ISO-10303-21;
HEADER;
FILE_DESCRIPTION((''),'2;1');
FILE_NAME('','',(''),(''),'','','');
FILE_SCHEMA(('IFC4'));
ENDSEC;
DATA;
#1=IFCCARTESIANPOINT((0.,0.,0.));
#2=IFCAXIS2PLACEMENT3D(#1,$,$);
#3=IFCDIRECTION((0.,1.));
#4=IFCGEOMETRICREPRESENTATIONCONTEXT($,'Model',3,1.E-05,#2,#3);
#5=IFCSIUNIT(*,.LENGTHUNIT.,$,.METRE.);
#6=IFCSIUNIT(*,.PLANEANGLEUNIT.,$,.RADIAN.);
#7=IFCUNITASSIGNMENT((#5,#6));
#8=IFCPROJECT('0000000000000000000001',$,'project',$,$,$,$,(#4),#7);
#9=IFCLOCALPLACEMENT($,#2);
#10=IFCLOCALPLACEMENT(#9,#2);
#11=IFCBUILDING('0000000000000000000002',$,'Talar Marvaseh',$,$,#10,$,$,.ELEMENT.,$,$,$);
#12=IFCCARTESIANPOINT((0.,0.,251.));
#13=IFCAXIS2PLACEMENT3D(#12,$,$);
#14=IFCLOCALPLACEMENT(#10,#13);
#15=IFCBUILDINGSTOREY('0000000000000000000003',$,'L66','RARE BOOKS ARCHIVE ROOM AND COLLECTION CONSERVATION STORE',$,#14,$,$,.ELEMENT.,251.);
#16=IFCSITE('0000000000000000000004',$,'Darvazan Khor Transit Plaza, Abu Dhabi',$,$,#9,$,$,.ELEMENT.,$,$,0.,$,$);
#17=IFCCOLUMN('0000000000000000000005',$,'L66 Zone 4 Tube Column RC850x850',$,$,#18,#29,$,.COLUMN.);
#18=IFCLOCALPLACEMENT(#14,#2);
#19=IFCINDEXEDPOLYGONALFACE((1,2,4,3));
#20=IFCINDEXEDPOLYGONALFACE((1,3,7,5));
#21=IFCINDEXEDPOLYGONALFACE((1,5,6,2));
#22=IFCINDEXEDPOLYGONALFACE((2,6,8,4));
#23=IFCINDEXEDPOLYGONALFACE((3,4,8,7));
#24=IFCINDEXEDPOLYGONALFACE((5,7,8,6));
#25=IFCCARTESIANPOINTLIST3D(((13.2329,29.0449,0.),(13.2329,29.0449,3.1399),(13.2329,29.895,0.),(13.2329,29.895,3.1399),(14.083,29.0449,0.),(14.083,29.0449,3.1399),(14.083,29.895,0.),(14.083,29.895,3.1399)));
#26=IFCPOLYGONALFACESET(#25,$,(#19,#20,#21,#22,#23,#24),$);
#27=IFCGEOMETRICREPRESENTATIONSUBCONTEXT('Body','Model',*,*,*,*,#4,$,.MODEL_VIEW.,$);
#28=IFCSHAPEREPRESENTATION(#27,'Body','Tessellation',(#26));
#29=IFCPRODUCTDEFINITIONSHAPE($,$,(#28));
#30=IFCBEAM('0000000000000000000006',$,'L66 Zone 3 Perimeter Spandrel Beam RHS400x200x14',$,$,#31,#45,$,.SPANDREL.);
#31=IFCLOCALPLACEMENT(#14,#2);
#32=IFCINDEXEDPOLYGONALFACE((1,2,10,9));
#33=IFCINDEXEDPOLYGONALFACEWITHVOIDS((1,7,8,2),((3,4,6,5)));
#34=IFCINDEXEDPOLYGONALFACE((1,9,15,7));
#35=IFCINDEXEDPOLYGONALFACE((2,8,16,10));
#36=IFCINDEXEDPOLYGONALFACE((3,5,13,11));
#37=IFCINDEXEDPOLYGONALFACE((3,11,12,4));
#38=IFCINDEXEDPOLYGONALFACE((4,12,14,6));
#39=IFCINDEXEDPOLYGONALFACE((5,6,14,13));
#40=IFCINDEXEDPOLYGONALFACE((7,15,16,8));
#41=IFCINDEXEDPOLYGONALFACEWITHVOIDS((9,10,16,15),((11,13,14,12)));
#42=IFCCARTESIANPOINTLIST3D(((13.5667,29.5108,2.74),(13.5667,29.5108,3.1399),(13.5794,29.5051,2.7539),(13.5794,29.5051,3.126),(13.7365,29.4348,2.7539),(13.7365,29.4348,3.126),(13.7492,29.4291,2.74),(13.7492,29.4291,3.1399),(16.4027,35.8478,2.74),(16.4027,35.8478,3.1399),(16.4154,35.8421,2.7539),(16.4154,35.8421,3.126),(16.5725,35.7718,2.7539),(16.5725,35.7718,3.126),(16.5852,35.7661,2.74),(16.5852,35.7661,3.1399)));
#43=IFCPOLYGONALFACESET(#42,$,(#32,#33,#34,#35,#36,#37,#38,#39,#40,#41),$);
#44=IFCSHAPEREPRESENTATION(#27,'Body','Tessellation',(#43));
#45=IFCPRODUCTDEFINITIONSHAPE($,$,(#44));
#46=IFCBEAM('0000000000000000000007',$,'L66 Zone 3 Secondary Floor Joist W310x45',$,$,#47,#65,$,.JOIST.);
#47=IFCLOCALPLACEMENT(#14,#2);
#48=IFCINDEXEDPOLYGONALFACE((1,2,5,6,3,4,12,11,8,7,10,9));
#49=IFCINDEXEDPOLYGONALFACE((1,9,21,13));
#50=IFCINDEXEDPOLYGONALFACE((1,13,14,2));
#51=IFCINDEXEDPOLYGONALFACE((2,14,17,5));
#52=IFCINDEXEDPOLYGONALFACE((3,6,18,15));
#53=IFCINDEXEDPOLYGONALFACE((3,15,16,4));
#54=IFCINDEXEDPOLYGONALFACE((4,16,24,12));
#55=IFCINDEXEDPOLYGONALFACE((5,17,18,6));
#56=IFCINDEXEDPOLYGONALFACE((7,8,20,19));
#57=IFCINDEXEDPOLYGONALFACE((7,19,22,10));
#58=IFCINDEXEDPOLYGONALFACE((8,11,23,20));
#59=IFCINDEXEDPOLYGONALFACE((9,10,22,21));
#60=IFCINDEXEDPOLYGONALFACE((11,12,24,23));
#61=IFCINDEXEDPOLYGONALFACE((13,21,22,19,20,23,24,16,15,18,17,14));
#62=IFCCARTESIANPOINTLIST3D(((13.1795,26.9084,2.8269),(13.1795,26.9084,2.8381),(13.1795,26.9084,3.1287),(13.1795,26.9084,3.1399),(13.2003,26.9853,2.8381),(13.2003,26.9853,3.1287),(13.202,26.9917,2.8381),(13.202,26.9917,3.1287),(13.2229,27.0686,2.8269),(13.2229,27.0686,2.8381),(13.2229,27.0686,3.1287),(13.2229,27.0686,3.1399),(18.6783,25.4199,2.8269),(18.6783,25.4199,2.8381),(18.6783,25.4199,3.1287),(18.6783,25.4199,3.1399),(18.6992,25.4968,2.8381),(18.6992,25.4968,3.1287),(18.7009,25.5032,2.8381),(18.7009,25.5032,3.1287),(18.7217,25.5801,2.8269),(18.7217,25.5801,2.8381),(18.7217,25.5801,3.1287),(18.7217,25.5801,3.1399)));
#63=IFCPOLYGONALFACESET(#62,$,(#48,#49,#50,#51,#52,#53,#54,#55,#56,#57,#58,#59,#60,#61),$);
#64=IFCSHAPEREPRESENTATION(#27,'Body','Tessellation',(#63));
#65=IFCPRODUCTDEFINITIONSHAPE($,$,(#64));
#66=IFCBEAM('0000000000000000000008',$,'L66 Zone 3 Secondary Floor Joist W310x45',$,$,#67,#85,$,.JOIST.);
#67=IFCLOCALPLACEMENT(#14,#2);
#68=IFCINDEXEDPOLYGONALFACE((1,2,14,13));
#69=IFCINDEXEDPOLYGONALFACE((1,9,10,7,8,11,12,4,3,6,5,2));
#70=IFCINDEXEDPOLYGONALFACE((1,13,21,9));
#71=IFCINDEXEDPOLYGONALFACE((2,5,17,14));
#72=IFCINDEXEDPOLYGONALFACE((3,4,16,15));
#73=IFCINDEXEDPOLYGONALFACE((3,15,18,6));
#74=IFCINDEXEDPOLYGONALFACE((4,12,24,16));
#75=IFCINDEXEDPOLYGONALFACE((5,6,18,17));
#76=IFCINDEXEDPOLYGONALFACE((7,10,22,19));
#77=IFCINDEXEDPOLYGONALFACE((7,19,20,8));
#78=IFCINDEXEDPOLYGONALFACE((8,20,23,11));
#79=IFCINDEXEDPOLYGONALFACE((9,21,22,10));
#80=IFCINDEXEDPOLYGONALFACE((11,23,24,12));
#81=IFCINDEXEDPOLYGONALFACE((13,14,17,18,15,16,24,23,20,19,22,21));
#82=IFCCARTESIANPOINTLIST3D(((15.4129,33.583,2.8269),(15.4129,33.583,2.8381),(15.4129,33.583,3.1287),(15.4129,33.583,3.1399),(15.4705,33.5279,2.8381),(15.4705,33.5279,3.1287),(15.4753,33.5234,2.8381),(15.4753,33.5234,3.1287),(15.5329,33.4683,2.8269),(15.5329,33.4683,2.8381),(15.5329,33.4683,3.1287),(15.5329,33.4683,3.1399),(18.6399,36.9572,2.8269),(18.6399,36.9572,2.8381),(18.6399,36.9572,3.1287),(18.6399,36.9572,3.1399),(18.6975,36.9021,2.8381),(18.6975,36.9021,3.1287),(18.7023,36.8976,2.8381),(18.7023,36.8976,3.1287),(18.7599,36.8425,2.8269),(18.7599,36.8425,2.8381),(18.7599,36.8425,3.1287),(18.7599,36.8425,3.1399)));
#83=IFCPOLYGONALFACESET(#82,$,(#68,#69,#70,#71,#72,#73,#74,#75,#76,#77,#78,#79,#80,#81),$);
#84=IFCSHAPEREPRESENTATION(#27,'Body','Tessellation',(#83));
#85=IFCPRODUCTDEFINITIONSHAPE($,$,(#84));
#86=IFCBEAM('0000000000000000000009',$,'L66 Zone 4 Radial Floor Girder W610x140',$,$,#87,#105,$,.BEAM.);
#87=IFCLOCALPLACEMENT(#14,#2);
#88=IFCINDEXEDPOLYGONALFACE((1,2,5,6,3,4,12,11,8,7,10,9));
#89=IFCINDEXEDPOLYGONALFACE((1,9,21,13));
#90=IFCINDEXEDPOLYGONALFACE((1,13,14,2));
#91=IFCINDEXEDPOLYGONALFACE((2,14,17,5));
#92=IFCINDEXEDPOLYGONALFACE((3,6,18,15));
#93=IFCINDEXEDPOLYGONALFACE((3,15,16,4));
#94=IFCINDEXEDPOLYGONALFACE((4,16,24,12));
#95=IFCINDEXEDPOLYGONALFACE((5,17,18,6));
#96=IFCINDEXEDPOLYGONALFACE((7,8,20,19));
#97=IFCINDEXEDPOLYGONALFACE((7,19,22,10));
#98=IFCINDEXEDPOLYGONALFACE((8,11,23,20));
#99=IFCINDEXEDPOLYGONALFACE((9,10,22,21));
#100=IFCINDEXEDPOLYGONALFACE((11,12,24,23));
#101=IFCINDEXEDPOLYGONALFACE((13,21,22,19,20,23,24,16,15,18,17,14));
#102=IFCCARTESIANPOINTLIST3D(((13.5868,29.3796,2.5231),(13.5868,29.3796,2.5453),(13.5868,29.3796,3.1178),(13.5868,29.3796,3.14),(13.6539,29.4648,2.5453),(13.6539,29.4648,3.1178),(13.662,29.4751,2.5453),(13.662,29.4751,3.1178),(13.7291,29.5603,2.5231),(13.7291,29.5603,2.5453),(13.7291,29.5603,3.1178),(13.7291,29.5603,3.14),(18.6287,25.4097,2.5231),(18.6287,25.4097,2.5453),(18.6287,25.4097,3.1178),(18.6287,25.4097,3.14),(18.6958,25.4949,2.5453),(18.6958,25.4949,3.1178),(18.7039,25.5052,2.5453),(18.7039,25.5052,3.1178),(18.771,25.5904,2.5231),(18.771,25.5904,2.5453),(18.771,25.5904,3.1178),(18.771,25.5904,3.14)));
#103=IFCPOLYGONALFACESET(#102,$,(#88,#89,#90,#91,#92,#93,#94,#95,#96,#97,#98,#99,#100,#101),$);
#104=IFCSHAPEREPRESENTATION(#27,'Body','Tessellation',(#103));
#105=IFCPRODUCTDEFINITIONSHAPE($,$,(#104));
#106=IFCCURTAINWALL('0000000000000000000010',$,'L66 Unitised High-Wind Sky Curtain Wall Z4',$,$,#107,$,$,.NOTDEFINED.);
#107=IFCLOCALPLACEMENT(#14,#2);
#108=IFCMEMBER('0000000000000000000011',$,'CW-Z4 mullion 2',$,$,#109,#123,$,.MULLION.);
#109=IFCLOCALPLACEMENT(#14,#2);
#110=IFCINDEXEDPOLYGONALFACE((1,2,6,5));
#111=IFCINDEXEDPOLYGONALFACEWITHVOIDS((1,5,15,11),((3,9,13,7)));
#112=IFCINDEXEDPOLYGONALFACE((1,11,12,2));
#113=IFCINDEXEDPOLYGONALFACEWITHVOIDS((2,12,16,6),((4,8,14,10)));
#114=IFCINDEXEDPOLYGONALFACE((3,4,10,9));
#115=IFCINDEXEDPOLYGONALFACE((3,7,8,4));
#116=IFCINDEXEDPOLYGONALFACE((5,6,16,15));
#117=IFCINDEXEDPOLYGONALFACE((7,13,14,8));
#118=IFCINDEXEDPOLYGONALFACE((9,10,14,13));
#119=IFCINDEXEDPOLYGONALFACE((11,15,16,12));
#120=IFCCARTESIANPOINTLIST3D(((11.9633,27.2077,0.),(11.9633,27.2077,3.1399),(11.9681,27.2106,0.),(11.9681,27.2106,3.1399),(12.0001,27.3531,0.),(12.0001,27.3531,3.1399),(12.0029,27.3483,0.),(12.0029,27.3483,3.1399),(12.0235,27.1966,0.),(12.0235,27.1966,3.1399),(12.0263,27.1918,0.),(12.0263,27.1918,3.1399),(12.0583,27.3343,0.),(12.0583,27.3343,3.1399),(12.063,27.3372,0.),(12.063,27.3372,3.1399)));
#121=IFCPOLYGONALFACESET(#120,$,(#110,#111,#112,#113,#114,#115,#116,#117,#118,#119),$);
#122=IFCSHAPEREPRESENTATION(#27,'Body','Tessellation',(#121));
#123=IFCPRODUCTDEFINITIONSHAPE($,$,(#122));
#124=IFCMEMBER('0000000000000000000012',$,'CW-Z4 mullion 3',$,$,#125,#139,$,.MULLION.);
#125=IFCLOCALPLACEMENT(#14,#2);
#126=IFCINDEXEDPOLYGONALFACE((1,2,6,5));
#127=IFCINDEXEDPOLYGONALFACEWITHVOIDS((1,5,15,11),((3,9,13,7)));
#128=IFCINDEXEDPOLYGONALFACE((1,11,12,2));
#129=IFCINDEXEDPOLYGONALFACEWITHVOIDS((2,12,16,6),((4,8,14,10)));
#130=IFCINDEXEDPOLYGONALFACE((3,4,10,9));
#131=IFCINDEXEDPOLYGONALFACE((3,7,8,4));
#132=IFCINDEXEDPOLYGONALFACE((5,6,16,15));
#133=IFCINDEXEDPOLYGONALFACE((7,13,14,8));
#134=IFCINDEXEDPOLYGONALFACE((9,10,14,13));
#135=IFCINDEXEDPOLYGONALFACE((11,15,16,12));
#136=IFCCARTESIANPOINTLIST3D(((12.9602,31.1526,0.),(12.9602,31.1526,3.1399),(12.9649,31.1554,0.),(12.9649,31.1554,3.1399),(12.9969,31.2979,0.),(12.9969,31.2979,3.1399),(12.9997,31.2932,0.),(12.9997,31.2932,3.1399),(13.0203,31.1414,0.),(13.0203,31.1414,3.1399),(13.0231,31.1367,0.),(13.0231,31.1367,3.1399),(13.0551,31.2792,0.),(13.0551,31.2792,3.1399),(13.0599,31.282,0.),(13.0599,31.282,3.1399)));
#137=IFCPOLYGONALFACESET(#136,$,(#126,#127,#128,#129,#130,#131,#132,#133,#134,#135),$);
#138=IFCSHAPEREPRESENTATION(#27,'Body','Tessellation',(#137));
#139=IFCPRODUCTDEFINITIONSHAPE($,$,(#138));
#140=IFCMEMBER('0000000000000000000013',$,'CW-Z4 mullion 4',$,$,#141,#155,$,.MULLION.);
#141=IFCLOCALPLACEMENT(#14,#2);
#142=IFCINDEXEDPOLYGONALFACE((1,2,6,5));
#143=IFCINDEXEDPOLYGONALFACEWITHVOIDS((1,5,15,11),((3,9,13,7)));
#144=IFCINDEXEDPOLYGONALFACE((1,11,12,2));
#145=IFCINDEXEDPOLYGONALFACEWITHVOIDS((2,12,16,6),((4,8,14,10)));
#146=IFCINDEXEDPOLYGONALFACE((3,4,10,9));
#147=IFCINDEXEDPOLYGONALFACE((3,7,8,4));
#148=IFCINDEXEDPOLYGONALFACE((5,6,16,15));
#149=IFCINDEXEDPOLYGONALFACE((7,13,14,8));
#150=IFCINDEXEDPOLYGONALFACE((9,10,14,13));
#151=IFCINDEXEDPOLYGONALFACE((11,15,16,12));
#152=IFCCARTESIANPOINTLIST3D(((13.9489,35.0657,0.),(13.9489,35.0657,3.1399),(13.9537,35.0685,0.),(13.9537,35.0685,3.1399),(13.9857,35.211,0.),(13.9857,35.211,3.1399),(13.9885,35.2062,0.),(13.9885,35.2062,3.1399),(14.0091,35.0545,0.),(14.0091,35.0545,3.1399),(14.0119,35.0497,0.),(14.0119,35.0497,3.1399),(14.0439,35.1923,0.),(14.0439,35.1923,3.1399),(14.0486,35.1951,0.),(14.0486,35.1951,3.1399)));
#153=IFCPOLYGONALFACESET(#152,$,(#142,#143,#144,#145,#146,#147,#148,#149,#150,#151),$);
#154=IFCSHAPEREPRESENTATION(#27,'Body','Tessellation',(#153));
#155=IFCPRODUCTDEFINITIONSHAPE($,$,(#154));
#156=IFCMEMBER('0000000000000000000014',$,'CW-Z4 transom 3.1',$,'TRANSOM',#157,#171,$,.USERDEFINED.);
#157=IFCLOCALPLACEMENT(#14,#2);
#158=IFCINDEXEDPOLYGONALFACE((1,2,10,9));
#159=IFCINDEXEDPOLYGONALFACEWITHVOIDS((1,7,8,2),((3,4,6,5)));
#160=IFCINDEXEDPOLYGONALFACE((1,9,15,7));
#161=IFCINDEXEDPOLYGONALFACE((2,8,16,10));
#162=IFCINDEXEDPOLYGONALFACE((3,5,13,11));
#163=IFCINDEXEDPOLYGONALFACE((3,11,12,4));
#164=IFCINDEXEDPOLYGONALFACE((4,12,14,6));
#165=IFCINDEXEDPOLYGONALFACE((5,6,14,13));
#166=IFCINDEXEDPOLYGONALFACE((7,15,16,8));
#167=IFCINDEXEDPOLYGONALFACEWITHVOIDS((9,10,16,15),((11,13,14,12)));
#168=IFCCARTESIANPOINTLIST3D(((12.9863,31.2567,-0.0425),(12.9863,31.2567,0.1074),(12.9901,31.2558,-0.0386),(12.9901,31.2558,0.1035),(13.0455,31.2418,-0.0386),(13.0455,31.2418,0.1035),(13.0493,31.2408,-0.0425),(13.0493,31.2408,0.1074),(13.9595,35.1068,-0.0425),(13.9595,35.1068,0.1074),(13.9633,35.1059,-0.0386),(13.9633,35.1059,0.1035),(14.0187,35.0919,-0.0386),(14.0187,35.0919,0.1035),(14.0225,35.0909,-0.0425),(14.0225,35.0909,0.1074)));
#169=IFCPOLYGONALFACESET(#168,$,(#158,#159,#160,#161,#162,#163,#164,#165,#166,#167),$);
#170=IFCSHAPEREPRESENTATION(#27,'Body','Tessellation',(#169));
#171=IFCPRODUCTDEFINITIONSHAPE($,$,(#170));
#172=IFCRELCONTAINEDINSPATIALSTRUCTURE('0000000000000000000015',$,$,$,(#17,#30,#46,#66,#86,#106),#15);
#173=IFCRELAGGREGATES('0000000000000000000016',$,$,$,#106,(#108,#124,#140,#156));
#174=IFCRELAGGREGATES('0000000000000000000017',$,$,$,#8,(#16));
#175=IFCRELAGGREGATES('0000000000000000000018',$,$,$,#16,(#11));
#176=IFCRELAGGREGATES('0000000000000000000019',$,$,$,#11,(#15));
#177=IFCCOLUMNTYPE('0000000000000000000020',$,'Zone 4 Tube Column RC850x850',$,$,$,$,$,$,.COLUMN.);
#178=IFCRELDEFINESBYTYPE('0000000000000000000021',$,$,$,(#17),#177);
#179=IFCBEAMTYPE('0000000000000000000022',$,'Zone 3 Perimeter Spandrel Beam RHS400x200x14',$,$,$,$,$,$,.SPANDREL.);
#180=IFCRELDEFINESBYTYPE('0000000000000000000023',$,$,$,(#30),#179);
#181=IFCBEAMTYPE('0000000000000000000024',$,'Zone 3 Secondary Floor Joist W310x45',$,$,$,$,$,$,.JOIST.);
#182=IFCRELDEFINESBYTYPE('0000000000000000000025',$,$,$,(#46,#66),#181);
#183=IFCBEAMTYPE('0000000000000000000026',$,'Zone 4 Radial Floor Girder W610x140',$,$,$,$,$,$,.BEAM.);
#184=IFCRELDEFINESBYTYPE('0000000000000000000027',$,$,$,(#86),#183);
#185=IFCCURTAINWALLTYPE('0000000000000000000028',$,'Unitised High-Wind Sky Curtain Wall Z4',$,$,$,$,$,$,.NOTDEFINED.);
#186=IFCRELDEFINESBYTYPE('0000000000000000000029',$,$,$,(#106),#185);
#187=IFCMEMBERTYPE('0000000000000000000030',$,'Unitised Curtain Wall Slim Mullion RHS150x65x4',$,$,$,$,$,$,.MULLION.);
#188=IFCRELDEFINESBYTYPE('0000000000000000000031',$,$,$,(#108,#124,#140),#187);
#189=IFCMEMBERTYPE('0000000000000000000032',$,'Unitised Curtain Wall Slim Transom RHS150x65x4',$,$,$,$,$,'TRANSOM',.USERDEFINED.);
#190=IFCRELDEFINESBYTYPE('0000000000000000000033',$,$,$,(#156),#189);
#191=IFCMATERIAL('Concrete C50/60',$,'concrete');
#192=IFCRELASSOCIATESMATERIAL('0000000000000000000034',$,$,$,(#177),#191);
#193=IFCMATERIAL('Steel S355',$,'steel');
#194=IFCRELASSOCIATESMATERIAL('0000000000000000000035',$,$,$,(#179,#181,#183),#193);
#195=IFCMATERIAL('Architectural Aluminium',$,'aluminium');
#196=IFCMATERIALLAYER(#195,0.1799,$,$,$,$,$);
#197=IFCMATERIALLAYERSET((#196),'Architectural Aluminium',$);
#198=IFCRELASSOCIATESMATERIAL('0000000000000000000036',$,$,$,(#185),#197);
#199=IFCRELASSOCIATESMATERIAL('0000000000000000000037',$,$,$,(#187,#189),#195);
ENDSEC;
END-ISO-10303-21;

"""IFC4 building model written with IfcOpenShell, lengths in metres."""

from ifc_helpers import new_model, si_unit, direction, frame, origin, origin_2d, place, context, subcontext, project, spatial, rectangle, hollow_rectangle, i_section, extrude, source, transform, mapped, material, layer, layer_set, material_profile, profile_set, type_object, type_shapes, element, aggregate, save


model = new_model("IFC4")

# Units and contexts
model_context = context("Model", 3, precision=1e-05, world=origin(), true_north=direction((0.0, 1.0)))
body_context = subcontext(model_context, "Body", "Model", "MODEL_VIEW")
ifc_project = project(units=[si_unit("LENGTHUNIT", "METRE"), si_unit("PLANEANGLEUNIT", "RADIAN")], contexts=[model_context])

# Site, building, storey
site_placement = place(None, origin())
site = spatial("IfcSite", under=ifc_project, at=site_placement, Name="Darvazan Khor Transit Plaza, Abu Dhabi", CompositionType="ELEMENT", RefElevation=0.0)
building_placement = place(site_placement, origin())
building = spatial("IfcBuilding", under=site, at=building_placement, Name="Talar Marvaseh", CompositionType="ELEMENT")
storey_placement = place(building_placement, frame((0.0, 0.0, 251.0)))
storey = spatial("IfcBuildingStorey", under=building, at=storey_placement, Name="L66", Description="RARE BOOKS ARCHIVE ROOM AND COLLECTION CONSERVATION STORE", CompositionType="ELEMENT", Elevation=251.0)

# Column
ifc_material_1 = material(Name="Concrete C50/60", Category="concrete")
ifc_material_profile_1 = material_profile(ifc_material_1, rectangle(XDim=0.8501, YDim=0.8501, at=origin_2d()), Name="RC850x850")
ifc_profile_set_1 = profile_set([ifc_material_profile_1], Name="Concrete C50/60")
column_type = type_object("IfcColumnType", Name="Zone 4 Tube Column RC850x850", PredefinedType="COLUMN", material=ifc_profile_set_1)
column_placement = place(storey_placement, frame((13.658, 29.47, 0.0), z_axis=(0.0, 0.0, 1.0), x_axis=(1.0, 0.0, 0.0)))
element("IfcColumn", 1, at=column_placement, inside=storey, type_object=column_type, Name="L66 Zone 4 Tube Column RC850x850", PredefinedType="COLUMN", context=body_context, shape_type="SweptSolid", body=[
    extrude(rectangle(XDim=0.8501, YDim=0.8501, at=origin_2d()), origin(), (0.0, 0.0, 1.0), 3.1399),
])

# Beams
ifc_material_2 = material(Name="Steel S355", Category="steel")
ifc_material_profile_2 = material_profile(ifc_material_2, hollow_rectangle(XDim=0.2, YDim=0.3999, WallThickness=0.0139, at=origin_2d()), Name="RHS400x200x14")
ifc_profile_set_2 = profile_set([ifc_material_profile_2], Name="Steel S355")
beam_type_1 = type_object("IfcBeamType", Name="Zone 3 Perimeter Spandrel Beam RHS400x200x14", PredefinedType="SPANDREL", material=ifc_profile_set_2)
beam_1_placement = place(storey_placement, frame((13.658, 29.47, 2.9399), z_axis=(0.408486, 0.912764, 0.0), x_axis=(-0.912764, 0.408486, 0.0)))
element("IfcBeam", 2, at=beam_1_placement, inside=storey, type_object=beam_type_1, Name="L66 Zone 3 Perimeter Spandrel Beam RHS400x200x14", PredefinedType="SPANDREL", context=body_context, shape_type="SweptSolid", body=[
    extrude(hollow_rectangle(XDim=0.2, YDim=0.3999, WallThickness=0.0139, at=origin_2d()), origin(), (0.0, 0.0, 1.0), 6.9426),
])
ifc_material_profile_3 = material_profile(ifc_material_2, i_section(OverallWidth=0.166, OverallDepth=0.313, WebThickness=0.0066, FlangeThickness=0.0112, at=origin_2d()), Name="W310x45")
ifc_profile_set_3 = profile_set([ifc_material_profile_3], Name="Steel S355")
beam_type_2 = type_object("IfcBeamType", Name="Zone 3 Secondary Floor Joist W310x45", PredefinedType="JOIST", material=ifc_profile_set_3)
beam_2_placement = place(storey_placement, frame((13.2012, 26.9885, 2.9834), z_axis=(0.965259, -0.261297, 0.0), x_axis=(0.261297, 0.965259, 0.0)))
element("IfcBeam", 3, at=beam_2_placement, inside=storey, type_object=beam_type_2, Name="L66 Zone 3 Secondary Floor Joist W310x45", PredefinedType="JOIST", context=body_context, shape_type="SweptSolid", body=[
    extrude(i_section(OverallWidth=0.166, OverallDepth=0.313, WebThickness=0.0066, FlangeThickness=0.0112, at=origin_2d()), origin(), (0.0, 0.0, 1.0), 5.6968),
])
beam_3_placement = place(storey_placement, frame((15.4729, 33.5256, 2.9834), z_axis=(0.691166, 0.722696, 0.0), x_axis=(-0.722696, 0.691166, 0.0)))
element("IfcBeam", 4, at=beam_3_placement, inside=storey, type_object=beam_type_2, Name="L66 Zone 3 Secondary Floor Joist W310x45", PredefinedType="JOIST", context=body_context, shape_type="SweptSolid", body=[
    extrude(i_section(OverallWidth=0.166, OverallDepth=0.313, WebThickness=0.0066, FlangeThickness=0.0112, at=origin_2d()), origin(), (0.0, 0.0, 1.0), 4.6689),
])
ifc_material_profile_4 = material_profile(ifc_material_2, i_section(OverallWidth=0.23, OverallDepth=0.6169, WebThickness=0.0132, FlangeThickness=0.0222, at=origin_2d()), Name="W610x140")
ifc_profile_set_4 = profile_set([ifc_material_profile_4], Name="Steel S355")
beam_type_3 = type_object("IfcBeamType", Name="Zone 4 Radial Floor Girder W610x140", PredefinedType="BEAM", material=ifc_profile_set_4)
beam_4_placement = place(storey_placement, frame((13.658, 29.47, 2.8315), z_axis=(0.785682, -0.618631, 0.0), x_axis=(0.618631, 0.785682, 0.0)))
element("IfcBeam", 5, at=beam_4_placement, inside=storey, type_object=beam_type_3, Name="L66 Zone 4 Radial Floor Girder W610x140", PredefinedType="BEAM", context=body_context, shape_type="SweptSolid", body=[
    extrude(i_section(OverallWidth=0.23, OverallDepth=0.6169, WebThickness=0.0132, FlangeThickness=0.0222, at=origin_2d()), origin(), (0.0, 0.0, 1.0), 6.4172),
])

# Curtain wall, members
ifc_material_3 = material(Name="Architectural Aluminium", Category="aluminium")
ifc_layer_1 = layer(ifc_material_3, 0.1799)
ifc_layer_set_1 = layer_set([ifc_layer_1], Name="Architectural Aluminium")
curtain_wall_type = type_object("IfcCurtainWallType", Name="Unitised High-Wind Sky Curtain Wall Z4", PredefinedType="NOTDEFINED", material=ifc_layer_set_1)
curtain_wall_placement = place(storey_placement, origin())
curtain_wall = element("IfcCurtainWall", 6, at=curtain_wall_placement, inside=storey, type_object=curtain_wall_type, Name="L66 Unitised High-Wind Sky Curtain Wall Z4", PredefinedType="NOTDEFINED")
ifc_material_profile_5 = material_profile(ifc_material_3, hollow_rectangle(XDim=0.0649, YDim=0.1499, WallThickness=0.0039, at=origin_2d()), Name="RHS150x65x4")
ifc_profile_set_5 = profile_set([ifc_material_profile_5], Name="Architectural Aluminium")
member_type_1 = type_object("IfcMemberType", Name="Unitised Curtain Wall Slim Mullion RHS150x65x4", PredefinedType="MULLION", material=ifc_profile_set_5)
shared_shape_1 = source(origin(), body_context, "Body", "SweptSolid", [
    extrude(hollow_rectangle(XDim=0.0649, YDim=0.1499, WallThickness=0.0039, at=origin_2d()), origin(), (0.0, 0.0, 1.0), 3.1399),
])
type_shapes(member_type_1, [shared_shape_1])
member_1_placement = place(storey_placement, frame((12.0132, 27.2725, 0.0), z_axis=(0.0, 0.0, 1.0), x_axis=(-0.969523, 0.245002, 0.0)))
member_1 = element("IfcMember", 7, at=member_1_placement, type_object=member_type_1, Name="CW-Z4 mullion 2", PredefinedType="MULLION", context=body_context, shape_type="MappedRepresentation", body=[
    mapped(shared_shape_1, transform((0.0, 0.0, 0.0), x_axis=(1.0, 0.0, 0.0), y_axis=(0.0, 1.0, 0.0), z_axis=(0.0, 0.0, 1.0), scale=1.0)),
])
member_2_placement = place(storey_placement, frame((13.01, 31.2173, 0.0), z_axis=(0.0, 0.0, 1.0), x_axis=(-0.969523, 0.245002, 0.0)))
member_2 = element("IfcMember", 8, at=member_2_placement, type_object=member_type_1, Name="CW-Z4 mullion 3", PredefinedType="MULLION", context=body_context, shape_type="MappedRepresentation", body=[
    mapped(shared_shape_1, transform((0.0, 0.0, 0.0), x_axis=(1.0, 0.0, 0.0), y_axis=(0.0, 1.0, 0.0), z_axis=(0.0, 0.0, 1.0), scale=1.0)),
])
member_3_placement = place(storey_placement, frame((13.9988, 35.1304, 0.0), z_axis=(0.0, 0.0, 1.0), x_axis=(-0.969523, 0.245002, 0.0)))
member_3 = element("IfcMember", 9, at=member_3_placement, type_object=member_type_1, Name="CW-Z4 mullion 4", PredefinedType="MULLION", context=body_context, shape_type="MappedRepresentation", body=[
    mapped(shared_shape_1, transform((0.0, 0.0, 0.0), x_axis=(1.0, 0.0, 0.0), y_axis=(0.0, 1.0, 0.0), z_axis=(0.0, 0.0, 1.0), scale=1.0)),
])
ifc_material_profile_6 = material_profile(ifc_material_3, hollow_rectangle(XDim=0.0649, YDim=0.1499, WallThickness=0.0039, at=origin_2d()), Name="RHS150x65x4")
ifc_profile_set_6 = profile_set([ifc_material_profile_6], Name="Architectural Aluminium")
member_type_2 = type_object("IfcMemberType", Name="Unitised Curtain Wall Slim Transom RHS150x65x4", ElementType="TRANSOM", PredefinedType="USERDEFINED", material=ifc_profile_set_6)
shared_shape_2 = source(origin(), body_context, "Body", "SweptSolid", [
    extrude(hollow_rectangle(XDim=0.0649, YDim=0.1499, WallThickness=0.0039, at=origin_2d()), origin(), (0.0, 0.0, 1.0), 3.9712),
])
member_4_placement = place(storey_placement, frame((13.0178, 31.2488, 0.0325), z_axis=(0.245052, 0.96951, 0.0), x_axis=(-0.96951, 0.245052, 0.0)))
member_4 = element("IfcMember", 10, at=member_4_placement, type_object=member_type_2, Name="CW-Z4 transom 3.1", ObjectType="TRANSOM", PredefinedType="USERDEFINED", context=body_context, shape_type="MappedRepresentation", body=[
    mapped(shared_shape_2, transform((0.0, 0.0, 0.0), x_axis=(1.0, 0.0, 0.0), y_axis=(0.0, 1.0, 0.0), z_axis=(0.0, 0.0, 1.0), scale=1.0)),
])
aggregate(curtain_wall, [member_1, member_2, member_3, member_4])

save(model, "model.ifc")
